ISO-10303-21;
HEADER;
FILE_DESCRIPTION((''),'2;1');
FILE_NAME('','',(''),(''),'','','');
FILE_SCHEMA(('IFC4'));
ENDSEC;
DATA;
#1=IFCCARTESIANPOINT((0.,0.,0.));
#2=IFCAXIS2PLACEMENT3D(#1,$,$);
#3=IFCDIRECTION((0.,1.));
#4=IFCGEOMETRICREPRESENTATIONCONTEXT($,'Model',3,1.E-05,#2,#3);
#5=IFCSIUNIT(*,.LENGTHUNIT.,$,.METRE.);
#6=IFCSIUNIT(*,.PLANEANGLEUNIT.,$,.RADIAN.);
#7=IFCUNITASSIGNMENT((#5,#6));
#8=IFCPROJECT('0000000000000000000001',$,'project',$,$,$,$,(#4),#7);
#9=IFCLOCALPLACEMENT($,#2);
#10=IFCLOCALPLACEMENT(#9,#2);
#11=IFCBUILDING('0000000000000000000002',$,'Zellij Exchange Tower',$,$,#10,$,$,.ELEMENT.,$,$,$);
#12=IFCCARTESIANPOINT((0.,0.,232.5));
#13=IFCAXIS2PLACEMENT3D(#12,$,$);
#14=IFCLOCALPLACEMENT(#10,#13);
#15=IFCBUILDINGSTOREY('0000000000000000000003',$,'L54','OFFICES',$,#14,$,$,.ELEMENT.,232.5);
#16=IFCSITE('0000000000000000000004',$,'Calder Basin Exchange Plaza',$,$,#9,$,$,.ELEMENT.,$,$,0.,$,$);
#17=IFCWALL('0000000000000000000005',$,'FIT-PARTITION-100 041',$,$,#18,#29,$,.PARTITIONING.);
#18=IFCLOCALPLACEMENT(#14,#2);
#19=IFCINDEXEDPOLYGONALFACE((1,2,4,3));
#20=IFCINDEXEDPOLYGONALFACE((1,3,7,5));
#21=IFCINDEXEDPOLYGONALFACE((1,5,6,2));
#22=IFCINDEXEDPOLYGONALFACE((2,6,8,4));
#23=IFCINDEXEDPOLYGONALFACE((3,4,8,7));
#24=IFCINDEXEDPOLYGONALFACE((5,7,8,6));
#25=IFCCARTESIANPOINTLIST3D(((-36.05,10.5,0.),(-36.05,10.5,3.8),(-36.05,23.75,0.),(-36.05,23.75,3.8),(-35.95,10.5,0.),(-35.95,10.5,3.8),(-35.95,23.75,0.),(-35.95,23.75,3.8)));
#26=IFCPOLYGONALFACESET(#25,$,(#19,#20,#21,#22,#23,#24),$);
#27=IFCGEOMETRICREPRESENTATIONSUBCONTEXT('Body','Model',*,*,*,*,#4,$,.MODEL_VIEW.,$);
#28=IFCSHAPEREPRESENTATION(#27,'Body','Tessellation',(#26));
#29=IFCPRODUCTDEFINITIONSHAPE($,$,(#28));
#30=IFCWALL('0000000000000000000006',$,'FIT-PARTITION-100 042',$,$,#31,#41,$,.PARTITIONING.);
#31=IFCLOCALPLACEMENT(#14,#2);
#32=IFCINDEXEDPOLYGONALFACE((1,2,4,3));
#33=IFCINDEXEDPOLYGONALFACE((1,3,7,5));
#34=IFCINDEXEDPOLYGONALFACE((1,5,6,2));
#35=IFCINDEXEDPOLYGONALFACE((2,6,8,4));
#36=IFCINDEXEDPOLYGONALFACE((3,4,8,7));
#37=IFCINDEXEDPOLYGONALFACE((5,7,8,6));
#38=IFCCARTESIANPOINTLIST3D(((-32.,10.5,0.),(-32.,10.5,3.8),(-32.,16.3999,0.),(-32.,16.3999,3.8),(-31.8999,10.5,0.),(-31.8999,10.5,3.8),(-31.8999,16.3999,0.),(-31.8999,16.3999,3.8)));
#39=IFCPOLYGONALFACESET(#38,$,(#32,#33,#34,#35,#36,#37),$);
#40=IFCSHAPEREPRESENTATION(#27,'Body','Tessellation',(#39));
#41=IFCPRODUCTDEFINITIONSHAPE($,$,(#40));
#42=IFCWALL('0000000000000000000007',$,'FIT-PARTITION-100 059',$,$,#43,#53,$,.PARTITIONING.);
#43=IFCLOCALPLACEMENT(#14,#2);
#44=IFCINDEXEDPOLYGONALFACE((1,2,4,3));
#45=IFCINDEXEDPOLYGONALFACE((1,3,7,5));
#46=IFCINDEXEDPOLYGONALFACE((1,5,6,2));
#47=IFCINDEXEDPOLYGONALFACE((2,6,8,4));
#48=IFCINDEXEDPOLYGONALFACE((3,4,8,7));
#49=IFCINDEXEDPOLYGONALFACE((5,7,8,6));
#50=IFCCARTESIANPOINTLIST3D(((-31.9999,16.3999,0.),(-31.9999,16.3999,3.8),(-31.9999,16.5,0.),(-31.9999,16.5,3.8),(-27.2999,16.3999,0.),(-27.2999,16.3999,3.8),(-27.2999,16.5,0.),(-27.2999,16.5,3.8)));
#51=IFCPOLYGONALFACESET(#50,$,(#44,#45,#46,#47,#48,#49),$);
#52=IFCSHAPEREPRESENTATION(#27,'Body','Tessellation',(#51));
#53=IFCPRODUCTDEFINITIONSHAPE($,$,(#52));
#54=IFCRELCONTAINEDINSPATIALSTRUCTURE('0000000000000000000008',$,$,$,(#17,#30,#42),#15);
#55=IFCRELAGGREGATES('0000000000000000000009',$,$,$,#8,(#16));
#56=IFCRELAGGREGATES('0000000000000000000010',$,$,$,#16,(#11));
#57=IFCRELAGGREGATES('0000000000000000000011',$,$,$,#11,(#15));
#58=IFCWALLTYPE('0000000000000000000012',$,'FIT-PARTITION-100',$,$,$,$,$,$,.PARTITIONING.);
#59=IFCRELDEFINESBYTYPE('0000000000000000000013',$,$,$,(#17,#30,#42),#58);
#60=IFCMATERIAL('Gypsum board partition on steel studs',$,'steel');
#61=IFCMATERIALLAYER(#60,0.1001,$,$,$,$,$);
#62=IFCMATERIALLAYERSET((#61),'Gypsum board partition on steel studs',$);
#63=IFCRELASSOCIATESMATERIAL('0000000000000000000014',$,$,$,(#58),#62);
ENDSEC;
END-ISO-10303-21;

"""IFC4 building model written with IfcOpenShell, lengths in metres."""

from ifc_helpers import new_model, si_unit, direction, frame, frame_2d, origin, place, context, subcontext, project, spatial, rectangle, extrude, material, layer, layer_set, type_object, element, save


model = new_model("IFC4")

# Units and contexts
model_context = context("Model", 3, precision=1e-05, world=origin(), true_north=direction((0.0, 1.0)))
body_context = subcontext(model_context, "Body", "Model", "MODEL_VIEW")
ifc_project = project(units=[si_unit("LENGTHUNIT", "METRE"), si_unit("PLANEANGLEUNIT", "RADIAN")], contexts=[model_context])

# Site, building, storey
site_placement = place(None, origin())
site = spatial("IfcSite", under=ifc_project, at=site_placement, Name="Calder Basin Exchange Plaza", CompositionType="ELEMENT", RefElevation=0.0)
building_placement = place(site_placement, origin())
building = spatial("IfcBuilding", under=site, at=building_placement, Name="Zellij Exchange Tower", CompositionType="ELEMENT")
storey_placement = place(building_placement, frame((0.0, 0.0, 232.5)))
storey = spatial("IfcBuildingStorey", under=building, at=storey_placement, Name="L54", Description="OFFICES", CompositionType="ELEMENT", Elevation=232.5)

# Shared definitions
ifc_material_1 = material(Name="Gypsum board partition on steel studs", Category="steel")
ifc_layer_1 = layer(ifc_material_1, 0.1001)
ifc_layer_set_1 = layer_set([ifc_layer_1], Name="Gypsum board partition on steel studs")
wall_type_1 = type_object("IfcWallType", Name="FIT-PARTITION-100", PredefinedType="PARTITIONING", material=ifc_layer_set_1)

# Walls
wall_1_placement = place(storey_placement, frame((-36.0, 10.5, 0.0), z_axis=(0.0, 0.0, 1.0), x_axis=(0.0, 1.0, 0.0)))
element("IfcWall", 1, at=wall_1_placement, inside=storey, type_object=wall_type_1, Name="FIT-PARTITION-100 041", PredefinedType="PARTITIONING", context=body_context, shape_type="SweptSolid", body=[
    extrude(rectangle(XDim=13.25, YDim=0.1001, at=frame_2d((6.625, 0.0))), origin(), (0.0, 0.0, 1.0), 3.8),
])
wall_2_placement = place(storey_placement, frame((-31.95, 10.5, 0.0), z_axis=(0.0, 0.0, 1.0), x_axis=(0.0, 1.0, 0.0)))
element("IfcWall", 2, at=wall_2_placement, inside=storey, type_object=wall_type_1, Name="FIT-PARTITION-100 042", PredefinedType="PARTITIONING", context=body_context, shape_type="SweptSolid", body=[
    extrude(rectangle(XDim=5.8999, YDim=0.1001, at=frame_2d((2.95, 0.0))), origin(), (0.0, 0.0, 1.0), 3.8),
])
wall_3_placement = place(storey_placement, frame((-32.0, 16.45, 0.0), z_axis=(0.0, 0.0, 1.0), x_axis=(1.0, 0.0, 0.0)))
element("IfcWall", 3, at=wall_3_placement, inside=storey, type_object=wall_type_1, Name="FIT-PARTITION-100 059", PredefinedType="PARTITIONING", context=body_context, shape_type="SweptSolid", body=[
    extrude(rectangle(XDim=4.7, YDim=0.1001, at=frame_2d((2.3501, 0.0))), origin(), (0.0, 0.0, 1.0), 3.8),
])

save(model, "model.ifc")
